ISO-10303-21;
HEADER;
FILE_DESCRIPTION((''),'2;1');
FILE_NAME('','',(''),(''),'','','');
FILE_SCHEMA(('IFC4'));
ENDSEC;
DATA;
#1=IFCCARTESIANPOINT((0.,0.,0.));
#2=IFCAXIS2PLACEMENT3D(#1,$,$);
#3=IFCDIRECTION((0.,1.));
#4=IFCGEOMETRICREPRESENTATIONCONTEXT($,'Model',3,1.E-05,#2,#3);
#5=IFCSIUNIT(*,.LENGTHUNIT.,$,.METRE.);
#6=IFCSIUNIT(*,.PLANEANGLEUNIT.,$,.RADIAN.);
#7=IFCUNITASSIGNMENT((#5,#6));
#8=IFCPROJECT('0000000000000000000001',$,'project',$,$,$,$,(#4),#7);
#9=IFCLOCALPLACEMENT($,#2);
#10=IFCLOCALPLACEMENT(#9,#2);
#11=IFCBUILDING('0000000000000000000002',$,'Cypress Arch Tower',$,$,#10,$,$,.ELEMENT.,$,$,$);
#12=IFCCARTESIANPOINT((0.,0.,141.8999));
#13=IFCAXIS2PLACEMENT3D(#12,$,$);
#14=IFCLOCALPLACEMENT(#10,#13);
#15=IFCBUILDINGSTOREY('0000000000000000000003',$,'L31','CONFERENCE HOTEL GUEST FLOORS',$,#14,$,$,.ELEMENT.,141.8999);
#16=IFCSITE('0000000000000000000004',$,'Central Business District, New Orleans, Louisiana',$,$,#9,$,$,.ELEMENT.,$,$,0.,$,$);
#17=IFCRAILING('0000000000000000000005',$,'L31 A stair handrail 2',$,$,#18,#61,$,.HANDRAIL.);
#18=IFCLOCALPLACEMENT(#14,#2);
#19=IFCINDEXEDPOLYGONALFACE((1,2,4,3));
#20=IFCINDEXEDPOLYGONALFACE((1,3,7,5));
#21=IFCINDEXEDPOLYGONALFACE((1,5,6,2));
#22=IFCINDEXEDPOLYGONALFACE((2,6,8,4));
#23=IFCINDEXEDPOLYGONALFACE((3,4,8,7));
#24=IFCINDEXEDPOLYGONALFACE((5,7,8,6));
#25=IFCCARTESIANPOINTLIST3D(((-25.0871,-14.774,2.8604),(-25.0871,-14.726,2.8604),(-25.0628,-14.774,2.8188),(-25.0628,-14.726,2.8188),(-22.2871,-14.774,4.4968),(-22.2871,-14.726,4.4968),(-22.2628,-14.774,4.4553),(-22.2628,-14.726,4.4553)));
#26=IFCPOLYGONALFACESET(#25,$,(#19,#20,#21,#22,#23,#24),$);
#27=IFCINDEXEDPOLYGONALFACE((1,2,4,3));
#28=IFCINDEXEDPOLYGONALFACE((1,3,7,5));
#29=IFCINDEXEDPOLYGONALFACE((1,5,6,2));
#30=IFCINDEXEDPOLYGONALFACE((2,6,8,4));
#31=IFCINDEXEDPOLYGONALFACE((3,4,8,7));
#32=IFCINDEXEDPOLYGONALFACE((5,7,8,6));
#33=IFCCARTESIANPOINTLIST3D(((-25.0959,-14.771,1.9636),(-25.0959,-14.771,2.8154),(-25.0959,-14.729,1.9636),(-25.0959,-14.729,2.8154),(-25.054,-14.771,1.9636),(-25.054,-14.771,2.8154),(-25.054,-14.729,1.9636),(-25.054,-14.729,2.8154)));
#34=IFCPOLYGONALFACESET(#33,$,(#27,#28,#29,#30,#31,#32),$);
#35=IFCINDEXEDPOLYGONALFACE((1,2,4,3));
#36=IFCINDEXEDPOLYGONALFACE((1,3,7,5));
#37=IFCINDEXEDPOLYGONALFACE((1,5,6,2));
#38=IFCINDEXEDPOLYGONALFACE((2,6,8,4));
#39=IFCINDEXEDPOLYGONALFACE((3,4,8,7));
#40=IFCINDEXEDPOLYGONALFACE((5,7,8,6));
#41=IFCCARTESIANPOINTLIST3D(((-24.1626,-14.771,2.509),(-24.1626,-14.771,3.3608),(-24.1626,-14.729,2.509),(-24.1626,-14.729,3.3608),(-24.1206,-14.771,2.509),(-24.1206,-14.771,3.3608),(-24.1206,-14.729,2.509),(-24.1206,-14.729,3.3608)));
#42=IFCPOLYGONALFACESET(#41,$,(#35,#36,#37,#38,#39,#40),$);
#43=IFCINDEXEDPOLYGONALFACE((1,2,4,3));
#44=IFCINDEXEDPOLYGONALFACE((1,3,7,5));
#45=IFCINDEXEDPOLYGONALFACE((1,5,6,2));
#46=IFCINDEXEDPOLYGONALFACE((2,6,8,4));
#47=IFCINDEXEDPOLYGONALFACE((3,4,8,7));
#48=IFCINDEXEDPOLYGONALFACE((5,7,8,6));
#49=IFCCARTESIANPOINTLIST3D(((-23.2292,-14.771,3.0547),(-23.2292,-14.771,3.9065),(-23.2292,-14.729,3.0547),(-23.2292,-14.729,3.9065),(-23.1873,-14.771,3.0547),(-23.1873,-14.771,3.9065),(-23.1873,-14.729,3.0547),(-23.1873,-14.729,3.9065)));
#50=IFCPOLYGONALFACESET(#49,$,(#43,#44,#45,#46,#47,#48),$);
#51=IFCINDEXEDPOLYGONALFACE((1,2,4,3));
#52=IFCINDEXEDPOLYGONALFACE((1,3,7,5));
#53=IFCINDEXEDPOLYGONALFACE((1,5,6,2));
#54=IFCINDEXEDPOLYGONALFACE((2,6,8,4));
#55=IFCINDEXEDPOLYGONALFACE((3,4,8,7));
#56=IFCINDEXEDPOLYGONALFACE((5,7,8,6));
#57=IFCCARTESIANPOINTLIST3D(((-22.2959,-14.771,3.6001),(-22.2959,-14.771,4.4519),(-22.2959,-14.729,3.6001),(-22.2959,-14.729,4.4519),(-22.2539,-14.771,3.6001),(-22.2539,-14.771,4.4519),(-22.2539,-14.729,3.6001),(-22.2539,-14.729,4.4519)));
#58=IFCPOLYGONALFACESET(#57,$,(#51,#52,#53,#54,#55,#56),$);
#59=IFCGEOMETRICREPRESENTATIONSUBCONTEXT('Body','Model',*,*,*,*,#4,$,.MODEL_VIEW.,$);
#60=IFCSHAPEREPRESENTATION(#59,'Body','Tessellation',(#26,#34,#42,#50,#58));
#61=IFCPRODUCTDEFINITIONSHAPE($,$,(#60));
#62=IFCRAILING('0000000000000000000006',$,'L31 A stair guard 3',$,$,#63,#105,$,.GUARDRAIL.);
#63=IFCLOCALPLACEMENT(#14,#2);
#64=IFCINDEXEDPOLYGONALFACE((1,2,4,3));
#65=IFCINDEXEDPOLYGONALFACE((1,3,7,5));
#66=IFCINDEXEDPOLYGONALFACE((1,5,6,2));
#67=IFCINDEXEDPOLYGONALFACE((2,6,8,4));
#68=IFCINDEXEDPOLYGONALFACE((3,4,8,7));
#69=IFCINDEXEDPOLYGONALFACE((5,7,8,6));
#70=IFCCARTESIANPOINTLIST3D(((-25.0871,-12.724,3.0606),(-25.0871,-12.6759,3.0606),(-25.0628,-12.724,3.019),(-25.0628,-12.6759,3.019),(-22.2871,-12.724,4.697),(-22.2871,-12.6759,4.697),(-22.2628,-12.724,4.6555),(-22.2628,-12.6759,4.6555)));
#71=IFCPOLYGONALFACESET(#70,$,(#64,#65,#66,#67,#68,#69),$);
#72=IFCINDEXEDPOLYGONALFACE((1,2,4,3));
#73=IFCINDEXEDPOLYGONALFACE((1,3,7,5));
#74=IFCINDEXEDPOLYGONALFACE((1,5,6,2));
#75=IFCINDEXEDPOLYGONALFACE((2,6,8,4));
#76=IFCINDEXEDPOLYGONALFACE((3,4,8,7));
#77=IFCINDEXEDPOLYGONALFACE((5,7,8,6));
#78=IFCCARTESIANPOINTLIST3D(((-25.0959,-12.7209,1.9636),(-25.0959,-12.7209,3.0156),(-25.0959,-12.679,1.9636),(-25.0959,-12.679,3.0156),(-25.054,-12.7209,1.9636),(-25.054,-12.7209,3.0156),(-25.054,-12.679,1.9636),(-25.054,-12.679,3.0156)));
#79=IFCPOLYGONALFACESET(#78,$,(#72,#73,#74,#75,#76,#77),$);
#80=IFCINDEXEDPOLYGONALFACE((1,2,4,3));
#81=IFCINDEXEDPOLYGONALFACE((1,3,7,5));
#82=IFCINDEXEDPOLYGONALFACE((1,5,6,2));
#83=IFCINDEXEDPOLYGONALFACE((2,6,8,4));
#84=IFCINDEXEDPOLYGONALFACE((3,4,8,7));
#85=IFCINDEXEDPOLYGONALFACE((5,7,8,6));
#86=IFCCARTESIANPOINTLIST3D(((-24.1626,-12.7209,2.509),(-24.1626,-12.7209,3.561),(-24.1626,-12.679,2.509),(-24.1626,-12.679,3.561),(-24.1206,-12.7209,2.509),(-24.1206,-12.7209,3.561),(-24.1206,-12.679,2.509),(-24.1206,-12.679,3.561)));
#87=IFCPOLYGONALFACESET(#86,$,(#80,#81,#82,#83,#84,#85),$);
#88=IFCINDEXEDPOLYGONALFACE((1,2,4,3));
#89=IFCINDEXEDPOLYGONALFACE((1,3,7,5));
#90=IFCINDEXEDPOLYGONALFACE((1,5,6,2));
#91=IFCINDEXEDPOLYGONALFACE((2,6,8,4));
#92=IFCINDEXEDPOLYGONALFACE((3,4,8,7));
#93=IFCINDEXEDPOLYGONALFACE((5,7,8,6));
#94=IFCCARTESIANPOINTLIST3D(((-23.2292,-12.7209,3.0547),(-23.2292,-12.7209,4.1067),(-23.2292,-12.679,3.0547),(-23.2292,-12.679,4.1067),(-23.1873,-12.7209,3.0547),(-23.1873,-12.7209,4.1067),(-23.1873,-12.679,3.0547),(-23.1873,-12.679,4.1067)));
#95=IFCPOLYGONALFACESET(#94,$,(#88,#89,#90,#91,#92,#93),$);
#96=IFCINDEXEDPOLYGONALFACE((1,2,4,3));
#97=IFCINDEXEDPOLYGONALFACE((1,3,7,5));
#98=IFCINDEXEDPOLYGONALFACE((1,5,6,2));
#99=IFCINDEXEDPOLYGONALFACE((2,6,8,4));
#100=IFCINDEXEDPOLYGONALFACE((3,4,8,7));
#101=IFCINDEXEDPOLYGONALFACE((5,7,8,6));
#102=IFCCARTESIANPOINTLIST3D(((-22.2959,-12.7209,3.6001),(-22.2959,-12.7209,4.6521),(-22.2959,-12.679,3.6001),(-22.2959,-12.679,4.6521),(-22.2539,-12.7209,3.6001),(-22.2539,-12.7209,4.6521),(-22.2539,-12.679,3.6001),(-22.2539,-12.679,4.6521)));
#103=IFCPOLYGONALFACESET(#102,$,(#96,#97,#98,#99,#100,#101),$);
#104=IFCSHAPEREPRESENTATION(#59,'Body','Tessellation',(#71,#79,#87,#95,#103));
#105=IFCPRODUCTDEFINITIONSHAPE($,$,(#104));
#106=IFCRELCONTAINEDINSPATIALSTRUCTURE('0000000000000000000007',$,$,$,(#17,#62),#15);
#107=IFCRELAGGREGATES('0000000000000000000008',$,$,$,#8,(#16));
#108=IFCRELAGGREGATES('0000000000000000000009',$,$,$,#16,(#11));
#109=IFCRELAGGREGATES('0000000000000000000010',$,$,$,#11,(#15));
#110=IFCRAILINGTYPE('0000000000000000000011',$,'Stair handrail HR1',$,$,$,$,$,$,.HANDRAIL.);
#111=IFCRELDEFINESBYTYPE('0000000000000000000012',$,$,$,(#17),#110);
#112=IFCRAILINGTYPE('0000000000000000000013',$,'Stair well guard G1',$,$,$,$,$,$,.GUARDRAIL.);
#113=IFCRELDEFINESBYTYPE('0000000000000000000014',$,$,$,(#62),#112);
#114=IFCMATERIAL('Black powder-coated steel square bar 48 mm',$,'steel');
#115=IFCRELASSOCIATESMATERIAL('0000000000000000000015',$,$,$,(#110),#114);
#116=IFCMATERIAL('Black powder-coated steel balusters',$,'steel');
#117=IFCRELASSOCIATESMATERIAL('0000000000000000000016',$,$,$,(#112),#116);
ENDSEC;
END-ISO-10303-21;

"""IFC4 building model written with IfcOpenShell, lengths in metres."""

from ifc_helpers import new_model, si_unit, direction, frame, origin, origin_2d, place, context, subcontext, project, spatial, rectangle, extrude, material, type_object, element, save


model = new_model("IFC4")

# Units and contexts
model_context = context("Model", 3, precision=1e-05, world=origin(), true_north=direction((0.0, 1.0)))
body_context = subcontext(model_context, "Body", "Model", "MODEL_VIEW")
ifc_project = project(units=[si_unit("LENGTHUNIT", "METRE"), si_unit("PLANEANGLEUNIT", "RADIAN")], contexts=[model_context])

# Site, building, storey
site_placement = place(None, origin())
site = spatial("IfcSite", under=ifc_project, at=site_placement, Name="Central Business District, New Orleans, Louisiana", CompositionType="ELEMENT", RefElevation=0.0)
building_placement = place(site_placement, origin())
building = spatial("IfcBuilding", under=site, at=building_placement, Name="Cypress Arch Tower", CompositionType="ELEMENT")
storey_placement = place(building_placement, frame((0.0, 0.0, 141.8999)))
storey = spatial("IfcBuildingStorey", under=building, at=storey_placement, Name="L31", Description="CONFERENCE HOTEL GUEST FLOORS", CompositionType="ELEMENT", Elevation=141.8999)

# Railings
ifc_material_1 = material(Name="Black powder-coated steel square bar 48 mm", Category="steel")
railing_type_1 = type_object("IfcRailingType", Name="Stair handrail HR1", PredefinedType="HANDRAIL", material=ifc_material_1)
railing_1_placement = place(storey_placement, frame((-25.075, -14.75, 1.9636)))
element("IfcRailing", 1, at=railing_1_placement, inside=storey, type_object=railing_type_1, Name="L31 A stair handrail 2", PredefinedType="HANDRAIL", context=body_context, shape_type="SweptSolid", body=[
    extrude(rectangle(XDim=0.0481, YDim=0.0481, at=origin_2d()), frame((0.0, 0.0, 0.876), z_axis=(0.863361, 0.0, 0.504587), x_axis=(0.0, 1.0, 0.0)), (0.0, 0.0, 1.0), 3.2432),
    extrude(rectangle(XDim=0.042, YDim=0.042, at=origin_2d()), origin(), (0.0, 0.0, 1.0), 0.8518),
    extrude(rectangle(XDim=0.042, YDim=0.042, at=origin_2d()), frame((0.9333, 0.0, 0.5454)), (0.0, 0.0, 1.0), 0.8518),
    extrude(rectangle(XDim=0.042, YDim=0.042, at=origin_2d()), frame((1.8667, 0.0, 1.0911)), (0.0, 0.0, 1.0), 0.8518),
    extrude(rectangle(XDim=0.042, YDim=0.042, at=origin_2d()), frame((2.8, 0.0, 1.6365)), (0.0, 0.0, 1.0), 0.8518),
])
ifc_material_2 = material(Name="Black powder-coated steel balusters", Category="steel")
railing_type_2 = type_object("IfcRailingType", Name="Stair well guard G1", PredefinedType="GUARDRAIL", material=ifc_material_2)
railing_2_placement = place(storey_placement, frame((-25.075, -12.7, 1.9636)))
element("IfcRailing", 2, at=railing_2_placement, inside=storey, type_object=railing_type_2, Name="L31 A stair guard 3", PredefinedType="GUARDRAIL", context=body_context, shape_type="SweptSolid", body=[
    extrude(rectangle(XDim=0.0481, YDim=0.0481, at=origin_2d()), frame((0.0, 0.0, 1.0762), z_axis=(0.863361, 0.0, 0.504587), x_axis=(0.0, 1.0, 0.0)), (0.0, 0.0, 1.0), 3.2432),
    extrude(rectangle(XDim=0.042, YDim=0.042, at=origin_2d()), origin(), (0.0, 0.0, 1.0), 1.052),
    extrude(rectangle(XDim=0.042, YDim=0.042, at=origin_2d()), frame((0.9333, 0.0, 0.5454)), (0.0, 0.0, 1.0), 1.052),
    extrude(rectangle(XDim=0.042, YDim=0.042, at=origin_2d()), frame((1.8667, 0.0, 1.0911)), (0.0, 0.0, 1.0), 1.052),
    extrude(rectangle(XDim=0.042, YDim=0.042, at=origin_2d()), frame((2.8, 0.0, 1.6365)), (0.0, 0.0, 1.0), 1.052),
])

save(model, "model.ifc")
